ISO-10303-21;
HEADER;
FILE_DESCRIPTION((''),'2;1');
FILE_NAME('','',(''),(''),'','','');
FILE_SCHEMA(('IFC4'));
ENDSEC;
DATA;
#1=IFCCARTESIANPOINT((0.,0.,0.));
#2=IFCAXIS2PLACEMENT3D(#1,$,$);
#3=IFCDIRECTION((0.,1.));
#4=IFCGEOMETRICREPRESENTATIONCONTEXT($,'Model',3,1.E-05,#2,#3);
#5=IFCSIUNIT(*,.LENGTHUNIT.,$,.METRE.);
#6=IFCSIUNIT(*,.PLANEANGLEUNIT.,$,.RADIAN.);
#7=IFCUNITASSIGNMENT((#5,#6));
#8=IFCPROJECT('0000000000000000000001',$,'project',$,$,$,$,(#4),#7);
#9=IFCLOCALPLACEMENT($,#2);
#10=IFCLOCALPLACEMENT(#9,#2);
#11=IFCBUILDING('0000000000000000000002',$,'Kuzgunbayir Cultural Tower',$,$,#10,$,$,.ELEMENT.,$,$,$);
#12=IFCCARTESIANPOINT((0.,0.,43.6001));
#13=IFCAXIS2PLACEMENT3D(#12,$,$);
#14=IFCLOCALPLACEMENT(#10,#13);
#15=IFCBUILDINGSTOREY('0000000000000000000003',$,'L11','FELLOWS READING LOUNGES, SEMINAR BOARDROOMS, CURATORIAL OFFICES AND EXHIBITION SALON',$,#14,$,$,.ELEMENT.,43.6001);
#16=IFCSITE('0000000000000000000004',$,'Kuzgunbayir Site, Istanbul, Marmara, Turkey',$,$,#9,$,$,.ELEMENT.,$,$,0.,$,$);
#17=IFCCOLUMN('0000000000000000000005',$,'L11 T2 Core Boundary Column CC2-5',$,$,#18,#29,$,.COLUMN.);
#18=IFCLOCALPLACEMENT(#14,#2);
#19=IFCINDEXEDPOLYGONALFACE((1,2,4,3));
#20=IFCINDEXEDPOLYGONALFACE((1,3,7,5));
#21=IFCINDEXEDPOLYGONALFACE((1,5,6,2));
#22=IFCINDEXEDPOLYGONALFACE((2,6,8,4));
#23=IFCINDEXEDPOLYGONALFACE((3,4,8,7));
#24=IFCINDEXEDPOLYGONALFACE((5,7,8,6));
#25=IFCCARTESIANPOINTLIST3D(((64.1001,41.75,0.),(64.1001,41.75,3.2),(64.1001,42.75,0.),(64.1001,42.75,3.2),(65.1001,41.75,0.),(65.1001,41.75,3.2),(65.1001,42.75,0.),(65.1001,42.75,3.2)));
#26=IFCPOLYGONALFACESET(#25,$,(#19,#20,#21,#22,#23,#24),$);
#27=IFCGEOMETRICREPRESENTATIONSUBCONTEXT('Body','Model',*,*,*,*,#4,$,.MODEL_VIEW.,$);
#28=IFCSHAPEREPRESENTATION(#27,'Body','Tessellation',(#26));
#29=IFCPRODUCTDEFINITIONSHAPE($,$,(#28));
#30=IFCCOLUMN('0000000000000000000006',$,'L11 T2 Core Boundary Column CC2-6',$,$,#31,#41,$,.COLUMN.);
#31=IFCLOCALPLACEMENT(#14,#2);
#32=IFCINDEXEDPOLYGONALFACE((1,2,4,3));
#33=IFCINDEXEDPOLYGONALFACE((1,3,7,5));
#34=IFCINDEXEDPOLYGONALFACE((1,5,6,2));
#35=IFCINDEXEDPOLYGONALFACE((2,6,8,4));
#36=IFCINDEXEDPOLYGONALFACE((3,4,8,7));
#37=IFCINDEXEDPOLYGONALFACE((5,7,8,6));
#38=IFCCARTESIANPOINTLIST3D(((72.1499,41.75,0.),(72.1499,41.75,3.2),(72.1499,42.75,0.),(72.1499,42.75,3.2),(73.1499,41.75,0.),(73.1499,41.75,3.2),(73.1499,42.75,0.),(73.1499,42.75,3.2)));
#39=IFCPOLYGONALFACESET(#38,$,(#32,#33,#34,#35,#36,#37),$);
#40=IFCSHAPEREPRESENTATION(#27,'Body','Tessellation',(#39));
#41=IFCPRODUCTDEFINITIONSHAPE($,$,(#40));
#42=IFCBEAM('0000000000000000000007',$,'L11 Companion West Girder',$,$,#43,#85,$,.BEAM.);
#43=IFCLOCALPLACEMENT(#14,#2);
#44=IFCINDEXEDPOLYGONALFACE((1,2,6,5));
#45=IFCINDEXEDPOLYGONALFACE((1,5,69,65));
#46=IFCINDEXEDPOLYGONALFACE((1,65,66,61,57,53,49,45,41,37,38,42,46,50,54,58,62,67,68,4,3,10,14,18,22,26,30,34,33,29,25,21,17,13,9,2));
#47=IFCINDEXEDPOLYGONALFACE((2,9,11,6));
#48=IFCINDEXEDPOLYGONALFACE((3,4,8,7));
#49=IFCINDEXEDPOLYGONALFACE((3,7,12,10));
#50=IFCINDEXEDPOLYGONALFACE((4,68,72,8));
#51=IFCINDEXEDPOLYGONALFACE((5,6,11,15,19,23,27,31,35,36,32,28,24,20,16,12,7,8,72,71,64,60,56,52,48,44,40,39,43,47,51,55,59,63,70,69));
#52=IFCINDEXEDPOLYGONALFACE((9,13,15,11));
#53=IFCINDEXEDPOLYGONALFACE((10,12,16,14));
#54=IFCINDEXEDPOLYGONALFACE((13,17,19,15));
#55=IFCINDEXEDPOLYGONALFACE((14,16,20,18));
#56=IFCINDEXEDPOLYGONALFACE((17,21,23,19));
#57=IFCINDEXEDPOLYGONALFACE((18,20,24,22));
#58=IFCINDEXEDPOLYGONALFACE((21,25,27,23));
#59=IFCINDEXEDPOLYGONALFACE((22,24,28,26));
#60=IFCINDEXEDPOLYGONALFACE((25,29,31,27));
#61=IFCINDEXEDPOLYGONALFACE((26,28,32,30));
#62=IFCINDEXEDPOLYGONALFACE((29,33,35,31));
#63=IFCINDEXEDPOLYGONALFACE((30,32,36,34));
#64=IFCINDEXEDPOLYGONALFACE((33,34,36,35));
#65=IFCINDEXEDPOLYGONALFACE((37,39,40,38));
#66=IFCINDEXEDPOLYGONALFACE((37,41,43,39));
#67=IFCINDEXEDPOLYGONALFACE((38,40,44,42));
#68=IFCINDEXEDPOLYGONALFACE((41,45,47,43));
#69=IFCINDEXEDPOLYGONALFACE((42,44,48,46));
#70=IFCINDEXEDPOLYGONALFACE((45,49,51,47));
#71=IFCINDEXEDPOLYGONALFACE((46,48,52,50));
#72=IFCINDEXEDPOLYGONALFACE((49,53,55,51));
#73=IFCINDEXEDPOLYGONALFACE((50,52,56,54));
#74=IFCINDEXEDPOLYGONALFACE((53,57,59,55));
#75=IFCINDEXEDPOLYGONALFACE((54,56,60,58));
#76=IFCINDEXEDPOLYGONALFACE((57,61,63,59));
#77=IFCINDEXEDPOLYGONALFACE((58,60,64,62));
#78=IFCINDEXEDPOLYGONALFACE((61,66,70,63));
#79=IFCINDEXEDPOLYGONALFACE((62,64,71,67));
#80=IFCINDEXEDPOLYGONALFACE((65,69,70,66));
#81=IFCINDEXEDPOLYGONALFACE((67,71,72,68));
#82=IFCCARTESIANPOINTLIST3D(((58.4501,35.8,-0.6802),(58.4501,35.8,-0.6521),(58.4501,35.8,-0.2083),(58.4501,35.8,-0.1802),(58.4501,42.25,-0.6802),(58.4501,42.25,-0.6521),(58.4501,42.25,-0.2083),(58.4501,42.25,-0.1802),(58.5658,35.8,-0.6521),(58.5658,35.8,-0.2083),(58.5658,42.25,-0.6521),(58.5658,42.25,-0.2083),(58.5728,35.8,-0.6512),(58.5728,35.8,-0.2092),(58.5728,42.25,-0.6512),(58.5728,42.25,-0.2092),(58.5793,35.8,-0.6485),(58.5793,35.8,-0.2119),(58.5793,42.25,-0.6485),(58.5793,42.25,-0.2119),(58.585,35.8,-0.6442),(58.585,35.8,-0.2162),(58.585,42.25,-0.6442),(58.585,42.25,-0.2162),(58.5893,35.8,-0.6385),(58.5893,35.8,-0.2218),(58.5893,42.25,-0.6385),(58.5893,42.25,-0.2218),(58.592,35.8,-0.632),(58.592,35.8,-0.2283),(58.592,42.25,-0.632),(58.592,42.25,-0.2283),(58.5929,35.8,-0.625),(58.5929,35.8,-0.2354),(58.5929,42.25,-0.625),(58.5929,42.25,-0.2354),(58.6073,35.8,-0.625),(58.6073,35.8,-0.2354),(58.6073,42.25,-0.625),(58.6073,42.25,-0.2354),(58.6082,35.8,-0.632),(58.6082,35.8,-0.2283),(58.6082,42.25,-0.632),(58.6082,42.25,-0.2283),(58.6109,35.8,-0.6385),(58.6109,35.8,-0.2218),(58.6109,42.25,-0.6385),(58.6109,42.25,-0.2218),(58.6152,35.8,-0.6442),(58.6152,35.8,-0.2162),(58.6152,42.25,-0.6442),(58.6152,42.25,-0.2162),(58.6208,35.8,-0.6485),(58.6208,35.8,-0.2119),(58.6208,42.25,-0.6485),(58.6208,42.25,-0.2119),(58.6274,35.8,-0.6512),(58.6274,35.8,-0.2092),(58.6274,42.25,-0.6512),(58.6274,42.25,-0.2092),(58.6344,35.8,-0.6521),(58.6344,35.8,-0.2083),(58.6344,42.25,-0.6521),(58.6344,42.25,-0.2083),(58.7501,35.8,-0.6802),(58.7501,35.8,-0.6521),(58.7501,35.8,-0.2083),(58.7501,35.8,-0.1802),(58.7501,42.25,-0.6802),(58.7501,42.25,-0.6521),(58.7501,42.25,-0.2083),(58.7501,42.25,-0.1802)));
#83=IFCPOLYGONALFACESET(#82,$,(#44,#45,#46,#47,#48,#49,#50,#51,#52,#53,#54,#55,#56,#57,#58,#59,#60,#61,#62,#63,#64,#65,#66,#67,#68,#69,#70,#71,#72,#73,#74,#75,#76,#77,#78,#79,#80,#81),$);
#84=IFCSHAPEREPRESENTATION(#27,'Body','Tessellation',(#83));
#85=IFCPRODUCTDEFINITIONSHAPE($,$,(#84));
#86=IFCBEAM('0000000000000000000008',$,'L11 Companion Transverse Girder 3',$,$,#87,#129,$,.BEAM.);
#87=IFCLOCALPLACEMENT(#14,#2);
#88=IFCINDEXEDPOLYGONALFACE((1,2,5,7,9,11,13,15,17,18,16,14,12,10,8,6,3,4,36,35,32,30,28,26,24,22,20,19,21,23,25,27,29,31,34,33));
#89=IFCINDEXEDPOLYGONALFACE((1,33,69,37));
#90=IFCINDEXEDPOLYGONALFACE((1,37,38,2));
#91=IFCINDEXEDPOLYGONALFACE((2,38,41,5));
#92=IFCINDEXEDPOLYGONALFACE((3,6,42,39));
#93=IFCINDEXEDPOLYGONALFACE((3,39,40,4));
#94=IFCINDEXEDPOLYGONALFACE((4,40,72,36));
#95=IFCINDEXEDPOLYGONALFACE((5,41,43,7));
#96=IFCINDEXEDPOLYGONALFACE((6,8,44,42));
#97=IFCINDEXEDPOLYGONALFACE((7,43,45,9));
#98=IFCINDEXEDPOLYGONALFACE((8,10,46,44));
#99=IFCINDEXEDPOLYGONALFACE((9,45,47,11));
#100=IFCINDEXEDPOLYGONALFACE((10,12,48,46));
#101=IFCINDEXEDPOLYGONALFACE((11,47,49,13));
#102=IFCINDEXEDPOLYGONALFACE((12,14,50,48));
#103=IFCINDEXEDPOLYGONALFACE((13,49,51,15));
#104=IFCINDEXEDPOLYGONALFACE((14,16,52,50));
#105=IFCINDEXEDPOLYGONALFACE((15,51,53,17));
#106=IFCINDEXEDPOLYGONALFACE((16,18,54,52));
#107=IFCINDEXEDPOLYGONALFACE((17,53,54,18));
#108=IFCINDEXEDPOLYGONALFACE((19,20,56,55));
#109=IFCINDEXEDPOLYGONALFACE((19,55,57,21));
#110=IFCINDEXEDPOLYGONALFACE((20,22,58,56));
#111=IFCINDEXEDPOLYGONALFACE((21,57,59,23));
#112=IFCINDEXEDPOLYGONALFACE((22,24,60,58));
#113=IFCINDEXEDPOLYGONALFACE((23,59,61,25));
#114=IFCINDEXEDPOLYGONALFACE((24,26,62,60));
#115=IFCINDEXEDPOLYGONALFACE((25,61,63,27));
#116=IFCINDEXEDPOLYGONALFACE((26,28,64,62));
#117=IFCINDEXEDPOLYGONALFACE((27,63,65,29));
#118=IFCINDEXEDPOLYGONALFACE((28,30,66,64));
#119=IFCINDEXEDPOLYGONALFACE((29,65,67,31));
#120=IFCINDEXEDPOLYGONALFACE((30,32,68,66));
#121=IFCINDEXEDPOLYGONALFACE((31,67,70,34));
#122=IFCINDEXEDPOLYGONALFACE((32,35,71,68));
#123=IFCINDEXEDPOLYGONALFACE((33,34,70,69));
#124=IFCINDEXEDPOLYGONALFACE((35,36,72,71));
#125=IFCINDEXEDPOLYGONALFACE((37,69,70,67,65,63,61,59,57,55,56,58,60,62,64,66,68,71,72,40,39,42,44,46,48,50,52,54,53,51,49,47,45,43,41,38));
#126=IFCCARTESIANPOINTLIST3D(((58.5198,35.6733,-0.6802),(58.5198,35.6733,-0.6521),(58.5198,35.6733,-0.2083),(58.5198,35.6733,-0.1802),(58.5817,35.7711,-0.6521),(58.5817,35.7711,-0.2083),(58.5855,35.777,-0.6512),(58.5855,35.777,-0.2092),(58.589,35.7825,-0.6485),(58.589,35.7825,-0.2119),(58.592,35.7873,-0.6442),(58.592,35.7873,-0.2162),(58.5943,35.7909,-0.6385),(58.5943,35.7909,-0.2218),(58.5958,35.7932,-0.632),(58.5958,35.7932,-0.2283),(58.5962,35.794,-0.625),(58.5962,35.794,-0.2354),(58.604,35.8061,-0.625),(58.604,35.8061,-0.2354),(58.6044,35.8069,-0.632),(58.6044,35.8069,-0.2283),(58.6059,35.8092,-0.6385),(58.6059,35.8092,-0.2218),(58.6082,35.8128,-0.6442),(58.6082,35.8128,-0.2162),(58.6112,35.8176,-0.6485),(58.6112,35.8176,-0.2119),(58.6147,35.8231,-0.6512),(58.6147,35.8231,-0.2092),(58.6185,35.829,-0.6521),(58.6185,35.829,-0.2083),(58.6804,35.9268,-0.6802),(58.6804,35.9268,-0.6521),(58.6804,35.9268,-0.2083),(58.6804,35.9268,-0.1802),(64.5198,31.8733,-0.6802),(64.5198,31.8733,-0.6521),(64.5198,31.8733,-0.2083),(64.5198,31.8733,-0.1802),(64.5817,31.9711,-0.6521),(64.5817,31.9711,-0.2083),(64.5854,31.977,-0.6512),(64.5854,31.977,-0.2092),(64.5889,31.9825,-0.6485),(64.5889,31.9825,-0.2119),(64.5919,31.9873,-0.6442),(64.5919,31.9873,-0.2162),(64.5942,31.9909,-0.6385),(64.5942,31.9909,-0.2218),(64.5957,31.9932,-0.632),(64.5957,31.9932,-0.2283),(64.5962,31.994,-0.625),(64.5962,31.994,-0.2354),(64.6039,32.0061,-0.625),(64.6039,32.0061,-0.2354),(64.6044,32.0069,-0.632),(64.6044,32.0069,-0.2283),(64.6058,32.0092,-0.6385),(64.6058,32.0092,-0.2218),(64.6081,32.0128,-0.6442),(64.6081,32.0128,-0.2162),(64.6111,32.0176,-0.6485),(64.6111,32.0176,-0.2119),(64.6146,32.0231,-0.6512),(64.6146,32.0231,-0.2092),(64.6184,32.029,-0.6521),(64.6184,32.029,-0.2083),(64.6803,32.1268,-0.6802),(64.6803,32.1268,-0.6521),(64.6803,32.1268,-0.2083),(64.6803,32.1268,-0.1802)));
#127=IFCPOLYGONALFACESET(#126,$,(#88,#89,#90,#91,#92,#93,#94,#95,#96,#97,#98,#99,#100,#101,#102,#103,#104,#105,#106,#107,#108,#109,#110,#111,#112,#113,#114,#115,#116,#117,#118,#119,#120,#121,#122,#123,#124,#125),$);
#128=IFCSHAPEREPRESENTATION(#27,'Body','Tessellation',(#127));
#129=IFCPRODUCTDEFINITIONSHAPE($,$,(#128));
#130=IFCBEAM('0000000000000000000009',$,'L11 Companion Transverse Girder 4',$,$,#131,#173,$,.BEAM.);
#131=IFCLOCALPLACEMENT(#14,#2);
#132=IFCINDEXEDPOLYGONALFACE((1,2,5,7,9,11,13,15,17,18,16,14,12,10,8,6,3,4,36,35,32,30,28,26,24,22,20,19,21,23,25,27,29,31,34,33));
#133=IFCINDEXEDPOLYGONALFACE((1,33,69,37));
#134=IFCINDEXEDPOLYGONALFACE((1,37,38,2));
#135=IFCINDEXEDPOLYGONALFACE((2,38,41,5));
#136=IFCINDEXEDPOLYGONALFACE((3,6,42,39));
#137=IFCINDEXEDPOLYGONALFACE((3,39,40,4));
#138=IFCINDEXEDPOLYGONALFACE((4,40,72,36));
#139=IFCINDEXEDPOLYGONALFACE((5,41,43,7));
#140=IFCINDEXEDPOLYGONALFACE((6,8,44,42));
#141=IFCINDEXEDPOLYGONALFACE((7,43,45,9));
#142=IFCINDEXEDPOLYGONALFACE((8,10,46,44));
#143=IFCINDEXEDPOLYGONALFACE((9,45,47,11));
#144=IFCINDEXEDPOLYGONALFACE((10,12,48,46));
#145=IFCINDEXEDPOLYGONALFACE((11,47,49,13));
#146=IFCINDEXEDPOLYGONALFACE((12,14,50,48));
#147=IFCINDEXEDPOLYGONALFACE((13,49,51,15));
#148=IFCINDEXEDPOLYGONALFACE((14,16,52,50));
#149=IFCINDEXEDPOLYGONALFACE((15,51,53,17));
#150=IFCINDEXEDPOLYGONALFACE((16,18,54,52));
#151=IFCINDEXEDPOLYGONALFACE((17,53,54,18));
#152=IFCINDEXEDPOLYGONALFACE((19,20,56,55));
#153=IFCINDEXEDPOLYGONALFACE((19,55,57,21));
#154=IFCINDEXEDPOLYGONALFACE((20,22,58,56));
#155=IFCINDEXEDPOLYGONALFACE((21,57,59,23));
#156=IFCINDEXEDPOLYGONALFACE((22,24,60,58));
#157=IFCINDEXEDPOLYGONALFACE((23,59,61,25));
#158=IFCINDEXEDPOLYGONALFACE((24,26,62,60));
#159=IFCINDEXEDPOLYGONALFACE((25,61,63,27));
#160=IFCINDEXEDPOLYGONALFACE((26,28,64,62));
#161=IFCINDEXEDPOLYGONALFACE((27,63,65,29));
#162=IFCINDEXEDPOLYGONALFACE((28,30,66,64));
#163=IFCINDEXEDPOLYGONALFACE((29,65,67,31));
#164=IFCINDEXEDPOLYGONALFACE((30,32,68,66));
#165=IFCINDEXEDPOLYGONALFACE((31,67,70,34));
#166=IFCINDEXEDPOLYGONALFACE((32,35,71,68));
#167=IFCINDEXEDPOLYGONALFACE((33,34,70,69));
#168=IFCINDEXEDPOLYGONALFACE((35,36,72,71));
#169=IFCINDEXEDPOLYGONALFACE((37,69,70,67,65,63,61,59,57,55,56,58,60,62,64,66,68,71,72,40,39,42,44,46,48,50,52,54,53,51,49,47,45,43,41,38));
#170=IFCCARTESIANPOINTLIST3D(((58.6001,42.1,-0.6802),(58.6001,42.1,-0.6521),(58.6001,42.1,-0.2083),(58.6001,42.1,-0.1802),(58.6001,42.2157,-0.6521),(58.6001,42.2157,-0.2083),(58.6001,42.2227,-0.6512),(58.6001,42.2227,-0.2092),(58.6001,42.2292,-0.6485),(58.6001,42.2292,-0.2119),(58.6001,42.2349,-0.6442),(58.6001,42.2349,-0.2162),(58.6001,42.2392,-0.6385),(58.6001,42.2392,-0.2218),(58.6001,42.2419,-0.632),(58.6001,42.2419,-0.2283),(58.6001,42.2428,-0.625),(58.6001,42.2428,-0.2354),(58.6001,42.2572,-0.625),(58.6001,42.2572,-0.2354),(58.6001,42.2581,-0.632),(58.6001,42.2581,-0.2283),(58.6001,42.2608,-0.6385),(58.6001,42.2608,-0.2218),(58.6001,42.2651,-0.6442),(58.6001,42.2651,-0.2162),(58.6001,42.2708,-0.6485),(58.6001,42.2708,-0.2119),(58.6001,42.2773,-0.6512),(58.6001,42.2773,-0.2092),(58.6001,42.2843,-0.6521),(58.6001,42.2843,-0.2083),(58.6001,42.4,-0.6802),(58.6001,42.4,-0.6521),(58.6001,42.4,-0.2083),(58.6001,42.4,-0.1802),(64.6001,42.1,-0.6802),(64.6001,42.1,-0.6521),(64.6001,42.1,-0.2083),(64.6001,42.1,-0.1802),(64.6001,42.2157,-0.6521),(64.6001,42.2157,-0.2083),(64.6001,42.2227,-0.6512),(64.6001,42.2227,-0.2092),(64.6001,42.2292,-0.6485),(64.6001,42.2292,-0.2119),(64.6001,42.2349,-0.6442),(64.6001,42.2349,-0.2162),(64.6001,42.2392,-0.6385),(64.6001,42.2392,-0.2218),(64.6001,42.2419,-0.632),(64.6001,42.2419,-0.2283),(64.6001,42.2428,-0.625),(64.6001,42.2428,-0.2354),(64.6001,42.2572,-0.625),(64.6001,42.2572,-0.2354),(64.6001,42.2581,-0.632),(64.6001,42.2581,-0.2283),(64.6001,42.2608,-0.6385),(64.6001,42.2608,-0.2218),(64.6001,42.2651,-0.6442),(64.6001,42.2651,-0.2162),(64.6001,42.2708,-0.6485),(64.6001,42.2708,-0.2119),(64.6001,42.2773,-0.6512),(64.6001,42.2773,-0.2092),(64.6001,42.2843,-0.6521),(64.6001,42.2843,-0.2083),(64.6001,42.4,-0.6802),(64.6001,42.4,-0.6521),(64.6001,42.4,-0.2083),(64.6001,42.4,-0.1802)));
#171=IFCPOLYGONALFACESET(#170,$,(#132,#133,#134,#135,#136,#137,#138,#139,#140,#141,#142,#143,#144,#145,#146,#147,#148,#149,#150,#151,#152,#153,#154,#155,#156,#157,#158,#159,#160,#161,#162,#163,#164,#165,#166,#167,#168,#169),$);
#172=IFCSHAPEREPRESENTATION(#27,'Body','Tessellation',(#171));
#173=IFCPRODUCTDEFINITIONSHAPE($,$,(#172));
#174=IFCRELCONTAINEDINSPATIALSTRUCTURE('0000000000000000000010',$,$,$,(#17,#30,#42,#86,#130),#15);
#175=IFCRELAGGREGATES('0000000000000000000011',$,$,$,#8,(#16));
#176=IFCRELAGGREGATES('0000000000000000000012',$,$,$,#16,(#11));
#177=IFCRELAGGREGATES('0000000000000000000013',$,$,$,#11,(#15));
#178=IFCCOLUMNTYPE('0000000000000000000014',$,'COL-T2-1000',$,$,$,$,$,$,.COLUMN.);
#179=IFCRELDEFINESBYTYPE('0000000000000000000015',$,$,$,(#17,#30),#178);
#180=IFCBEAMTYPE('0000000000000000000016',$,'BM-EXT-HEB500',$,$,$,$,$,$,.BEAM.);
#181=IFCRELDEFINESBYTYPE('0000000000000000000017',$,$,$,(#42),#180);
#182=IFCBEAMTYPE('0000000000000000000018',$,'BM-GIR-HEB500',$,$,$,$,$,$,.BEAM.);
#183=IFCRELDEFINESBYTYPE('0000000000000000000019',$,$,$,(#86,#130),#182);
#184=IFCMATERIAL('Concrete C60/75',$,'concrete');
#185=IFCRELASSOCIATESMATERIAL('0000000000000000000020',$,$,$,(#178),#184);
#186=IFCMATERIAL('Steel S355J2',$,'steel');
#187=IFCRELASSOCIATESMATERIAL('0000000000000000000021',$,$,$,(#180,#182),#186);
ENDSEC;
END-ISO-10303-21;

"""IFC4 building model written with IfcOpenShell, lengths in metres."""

from ifc_helpers import new_model, si_unit, direction, frame, origin, origin_2d, place, context, subcontext, project, spatial, rectangle, i_section, extrude, material, material_profile, profile_set, type_object, element, save


model = new_model("IFC4")

# Units and contexts
model_context = context("Model", 3, precision=1e-05, world=origin(), true_north=direction((0.0, 1.0)))
body_context = subcontext(model_context, "Body", "Model", "MODEL_VIEW")
ifc_project = project(units=[si_unit("LENGTHUNIT", "METRE"), si_unit("PLANEANGLEUNIT", "RADIAN")], contexts=[model_context])

# Site, building, storey
site_placement = place(None, origin())
site = spatial("IfcSite", under=ifc_project, at=site_placement, Name="Kuzgunbayir Site, Istanbul, Marmara, Turkey", CompositionType="ELEMENT", RefElevation=0.0)
building_placement = place(site_placement, origin())
building = spatial("IfcBuilding", under=site, at=building_placement, Name="Kuzgunbayir Cultural Tower", CompositionType="ELEMENT")
storey_placement = place(building_placement, frame((0.0, 0.0, 43.6001)))
storey = spatial("IfcBuildingStorey", under=building, at=storey_placement, Name="L11", Description="FELLOWS READING LOUNGES, SEMINAR BOARDROOMS, CURATORIAL OFFICES AND EXHIBITION SALON", CompositionType="ELEMENT", Elevation=43.6001)

# Columns
ifc_material_1 = material(Name="Concrete C60/75", Category="concrete")
ifc_material_profile_1 = material_profile(ifc_material_1, rectangle(XDim=1.0, YDim=1.0, at=origin_2d()), Name="RC 1000x1000")
ifc_profile_set_1 = profile_set([ifc_material_profile_1], Name="Concrete C60/75")
column_type = type_object("IfcColumnType", Name="COL-T2-1000", PredefinedType="COLUMN", material=ifc_profile_set_1)
for number, where, z_axis, x_axis, name in (
    (1, (64.6001, 42.25, 0.0), (0.0, 0.0, 1.0), (1.0, 0.0, 0.0), "L11 T2 Core Boundary Column CC2-5"),
    (2, (72.6499, 42.25, 0.0), (0.0, 0.0, 1.0), (1.0, 0.0, 0.0), "L11 T2 Core Boundary Column CC2-6"),
):
    element("IfcColumn", number, at=place(storey_placement, frame(where, z_axis=z_axis, x_axis=x_axis)), inside=storey, type_object=column_type, Name=name, PredefinedType="COLUMN", context=body_context, shape_type="SweptSolid", body=[
        extrude(rectangle(XDim=1.0, YDim=1.0, at=origin_2d()), origin(), (0.0, 0.0, 1.0), 3.2),
    ])

# Beams
ifc_material_2 = material(Name="Steel S355J2", Category="steel")
ifc_material_profile_2 = material_profile(ifc_material_2, i_section(OverallWidth=0.3, OverallDepth=0.5, WebThickness=0.0144, FlangeThickness=0.0281, FilletRadius=0.0271, at=origin_2d()), Name="HEB 500")
ifc_profile_set_2 = profile_set([ifc_material_profile_2], Name="Steel S355J2")
beam_type_1 = type_object("IfcBeamType", Name="BM-EXT-HEB500", PredefinedType="BEAM", material=ifc_profile_set_2)
beam_1_placement = place(storey_placement, frame((58.6001, 35.8, -0.4302), z_axis=(0.0, 1.0, 0.0), x_axis=(-1.0, 0.0, 0.0)))
element("IfcBeam", 3, at=beam_1_placement, inside=storey, type_object=beam_type_1, Name="L11 Companion West Girder", PredefinedType="BEAM", context=body_context, shape_type="SweptSolid", body=[
    extrude(i_section(OverallWidth=0.3, OverallDepth=0.5, WebThickness=0.0144, FlangeThickness=0.0281, FilletRadius=0.0271, at=origin_2d()), origin(), (0.0, 0.0, 1.0), 6.45),
])
ifc_material_profile_3 = material_profile(ifc_material_2, i_section(OverallWidth=0.3, OverallDepth=0.5, WebThickness=0.0144, FlangeThickness=0.0281, FilletRadius=0.0271, at=origin_2d()), Name="HEB 500")
ifc_profile_set_3 = profile_set([ifc_material_profile_3], Name="Steel S355J2")
beam_type_2 = type_object("IfcBeamType", Name="BM-GIR-HEB500", PredefinedType="BEAM", material=ifc_profile_set_3)
beam_2_placement = place(storey_placement, frame((58.6001, 35.8, -0.4302), z_axis=(0.844816, -0.535057, 0.0), x_axis=(0.535057, 0.844816, 0.0)))
element("IfcBeam", 4, at=beam_2_placement, inside=storey, type_object=beam_type_2, Name="L11 Companion Transverse Girder 3", PredefinedType="BEAM", context=body_context, shape_type="SweptSolid", body=[
    extrude(i_section(OverallWidth=0.3, OverallDepth=0.5, WebThickness=0.0144, FlangeThickness=0.0281, FilletRadius=0.0271, at=origin_2d()), origin(), (0.0, 0.0, 1.0), 7.1021),
])
beam_3_placement = place(storey_placement, frame((58.6001, 42.25, -0.4302), z_axis=(1.0, 0.0, 0.0), x_axis=(0.0, 1.0, 0.0)))
element("IfcBeam", 5, at=beam_3_placement, inside=storey, type_object=beam_type_2, Name="L11 Companion Transverse Girder 4", PredefinedType="BEAM", context=body_context, shape_type="SweptSolid", body=[
    extrude(i_section(OverallWidth=0.3, OverallDepth=0.5, WebThickness=0.0144, FlangeThickness=0.0281, FilletRadius=0.0271, at=origin_2d()), origin(), (0.0, 0.0, 1.0), 6.0),
])

save(model, "model.ifc")
